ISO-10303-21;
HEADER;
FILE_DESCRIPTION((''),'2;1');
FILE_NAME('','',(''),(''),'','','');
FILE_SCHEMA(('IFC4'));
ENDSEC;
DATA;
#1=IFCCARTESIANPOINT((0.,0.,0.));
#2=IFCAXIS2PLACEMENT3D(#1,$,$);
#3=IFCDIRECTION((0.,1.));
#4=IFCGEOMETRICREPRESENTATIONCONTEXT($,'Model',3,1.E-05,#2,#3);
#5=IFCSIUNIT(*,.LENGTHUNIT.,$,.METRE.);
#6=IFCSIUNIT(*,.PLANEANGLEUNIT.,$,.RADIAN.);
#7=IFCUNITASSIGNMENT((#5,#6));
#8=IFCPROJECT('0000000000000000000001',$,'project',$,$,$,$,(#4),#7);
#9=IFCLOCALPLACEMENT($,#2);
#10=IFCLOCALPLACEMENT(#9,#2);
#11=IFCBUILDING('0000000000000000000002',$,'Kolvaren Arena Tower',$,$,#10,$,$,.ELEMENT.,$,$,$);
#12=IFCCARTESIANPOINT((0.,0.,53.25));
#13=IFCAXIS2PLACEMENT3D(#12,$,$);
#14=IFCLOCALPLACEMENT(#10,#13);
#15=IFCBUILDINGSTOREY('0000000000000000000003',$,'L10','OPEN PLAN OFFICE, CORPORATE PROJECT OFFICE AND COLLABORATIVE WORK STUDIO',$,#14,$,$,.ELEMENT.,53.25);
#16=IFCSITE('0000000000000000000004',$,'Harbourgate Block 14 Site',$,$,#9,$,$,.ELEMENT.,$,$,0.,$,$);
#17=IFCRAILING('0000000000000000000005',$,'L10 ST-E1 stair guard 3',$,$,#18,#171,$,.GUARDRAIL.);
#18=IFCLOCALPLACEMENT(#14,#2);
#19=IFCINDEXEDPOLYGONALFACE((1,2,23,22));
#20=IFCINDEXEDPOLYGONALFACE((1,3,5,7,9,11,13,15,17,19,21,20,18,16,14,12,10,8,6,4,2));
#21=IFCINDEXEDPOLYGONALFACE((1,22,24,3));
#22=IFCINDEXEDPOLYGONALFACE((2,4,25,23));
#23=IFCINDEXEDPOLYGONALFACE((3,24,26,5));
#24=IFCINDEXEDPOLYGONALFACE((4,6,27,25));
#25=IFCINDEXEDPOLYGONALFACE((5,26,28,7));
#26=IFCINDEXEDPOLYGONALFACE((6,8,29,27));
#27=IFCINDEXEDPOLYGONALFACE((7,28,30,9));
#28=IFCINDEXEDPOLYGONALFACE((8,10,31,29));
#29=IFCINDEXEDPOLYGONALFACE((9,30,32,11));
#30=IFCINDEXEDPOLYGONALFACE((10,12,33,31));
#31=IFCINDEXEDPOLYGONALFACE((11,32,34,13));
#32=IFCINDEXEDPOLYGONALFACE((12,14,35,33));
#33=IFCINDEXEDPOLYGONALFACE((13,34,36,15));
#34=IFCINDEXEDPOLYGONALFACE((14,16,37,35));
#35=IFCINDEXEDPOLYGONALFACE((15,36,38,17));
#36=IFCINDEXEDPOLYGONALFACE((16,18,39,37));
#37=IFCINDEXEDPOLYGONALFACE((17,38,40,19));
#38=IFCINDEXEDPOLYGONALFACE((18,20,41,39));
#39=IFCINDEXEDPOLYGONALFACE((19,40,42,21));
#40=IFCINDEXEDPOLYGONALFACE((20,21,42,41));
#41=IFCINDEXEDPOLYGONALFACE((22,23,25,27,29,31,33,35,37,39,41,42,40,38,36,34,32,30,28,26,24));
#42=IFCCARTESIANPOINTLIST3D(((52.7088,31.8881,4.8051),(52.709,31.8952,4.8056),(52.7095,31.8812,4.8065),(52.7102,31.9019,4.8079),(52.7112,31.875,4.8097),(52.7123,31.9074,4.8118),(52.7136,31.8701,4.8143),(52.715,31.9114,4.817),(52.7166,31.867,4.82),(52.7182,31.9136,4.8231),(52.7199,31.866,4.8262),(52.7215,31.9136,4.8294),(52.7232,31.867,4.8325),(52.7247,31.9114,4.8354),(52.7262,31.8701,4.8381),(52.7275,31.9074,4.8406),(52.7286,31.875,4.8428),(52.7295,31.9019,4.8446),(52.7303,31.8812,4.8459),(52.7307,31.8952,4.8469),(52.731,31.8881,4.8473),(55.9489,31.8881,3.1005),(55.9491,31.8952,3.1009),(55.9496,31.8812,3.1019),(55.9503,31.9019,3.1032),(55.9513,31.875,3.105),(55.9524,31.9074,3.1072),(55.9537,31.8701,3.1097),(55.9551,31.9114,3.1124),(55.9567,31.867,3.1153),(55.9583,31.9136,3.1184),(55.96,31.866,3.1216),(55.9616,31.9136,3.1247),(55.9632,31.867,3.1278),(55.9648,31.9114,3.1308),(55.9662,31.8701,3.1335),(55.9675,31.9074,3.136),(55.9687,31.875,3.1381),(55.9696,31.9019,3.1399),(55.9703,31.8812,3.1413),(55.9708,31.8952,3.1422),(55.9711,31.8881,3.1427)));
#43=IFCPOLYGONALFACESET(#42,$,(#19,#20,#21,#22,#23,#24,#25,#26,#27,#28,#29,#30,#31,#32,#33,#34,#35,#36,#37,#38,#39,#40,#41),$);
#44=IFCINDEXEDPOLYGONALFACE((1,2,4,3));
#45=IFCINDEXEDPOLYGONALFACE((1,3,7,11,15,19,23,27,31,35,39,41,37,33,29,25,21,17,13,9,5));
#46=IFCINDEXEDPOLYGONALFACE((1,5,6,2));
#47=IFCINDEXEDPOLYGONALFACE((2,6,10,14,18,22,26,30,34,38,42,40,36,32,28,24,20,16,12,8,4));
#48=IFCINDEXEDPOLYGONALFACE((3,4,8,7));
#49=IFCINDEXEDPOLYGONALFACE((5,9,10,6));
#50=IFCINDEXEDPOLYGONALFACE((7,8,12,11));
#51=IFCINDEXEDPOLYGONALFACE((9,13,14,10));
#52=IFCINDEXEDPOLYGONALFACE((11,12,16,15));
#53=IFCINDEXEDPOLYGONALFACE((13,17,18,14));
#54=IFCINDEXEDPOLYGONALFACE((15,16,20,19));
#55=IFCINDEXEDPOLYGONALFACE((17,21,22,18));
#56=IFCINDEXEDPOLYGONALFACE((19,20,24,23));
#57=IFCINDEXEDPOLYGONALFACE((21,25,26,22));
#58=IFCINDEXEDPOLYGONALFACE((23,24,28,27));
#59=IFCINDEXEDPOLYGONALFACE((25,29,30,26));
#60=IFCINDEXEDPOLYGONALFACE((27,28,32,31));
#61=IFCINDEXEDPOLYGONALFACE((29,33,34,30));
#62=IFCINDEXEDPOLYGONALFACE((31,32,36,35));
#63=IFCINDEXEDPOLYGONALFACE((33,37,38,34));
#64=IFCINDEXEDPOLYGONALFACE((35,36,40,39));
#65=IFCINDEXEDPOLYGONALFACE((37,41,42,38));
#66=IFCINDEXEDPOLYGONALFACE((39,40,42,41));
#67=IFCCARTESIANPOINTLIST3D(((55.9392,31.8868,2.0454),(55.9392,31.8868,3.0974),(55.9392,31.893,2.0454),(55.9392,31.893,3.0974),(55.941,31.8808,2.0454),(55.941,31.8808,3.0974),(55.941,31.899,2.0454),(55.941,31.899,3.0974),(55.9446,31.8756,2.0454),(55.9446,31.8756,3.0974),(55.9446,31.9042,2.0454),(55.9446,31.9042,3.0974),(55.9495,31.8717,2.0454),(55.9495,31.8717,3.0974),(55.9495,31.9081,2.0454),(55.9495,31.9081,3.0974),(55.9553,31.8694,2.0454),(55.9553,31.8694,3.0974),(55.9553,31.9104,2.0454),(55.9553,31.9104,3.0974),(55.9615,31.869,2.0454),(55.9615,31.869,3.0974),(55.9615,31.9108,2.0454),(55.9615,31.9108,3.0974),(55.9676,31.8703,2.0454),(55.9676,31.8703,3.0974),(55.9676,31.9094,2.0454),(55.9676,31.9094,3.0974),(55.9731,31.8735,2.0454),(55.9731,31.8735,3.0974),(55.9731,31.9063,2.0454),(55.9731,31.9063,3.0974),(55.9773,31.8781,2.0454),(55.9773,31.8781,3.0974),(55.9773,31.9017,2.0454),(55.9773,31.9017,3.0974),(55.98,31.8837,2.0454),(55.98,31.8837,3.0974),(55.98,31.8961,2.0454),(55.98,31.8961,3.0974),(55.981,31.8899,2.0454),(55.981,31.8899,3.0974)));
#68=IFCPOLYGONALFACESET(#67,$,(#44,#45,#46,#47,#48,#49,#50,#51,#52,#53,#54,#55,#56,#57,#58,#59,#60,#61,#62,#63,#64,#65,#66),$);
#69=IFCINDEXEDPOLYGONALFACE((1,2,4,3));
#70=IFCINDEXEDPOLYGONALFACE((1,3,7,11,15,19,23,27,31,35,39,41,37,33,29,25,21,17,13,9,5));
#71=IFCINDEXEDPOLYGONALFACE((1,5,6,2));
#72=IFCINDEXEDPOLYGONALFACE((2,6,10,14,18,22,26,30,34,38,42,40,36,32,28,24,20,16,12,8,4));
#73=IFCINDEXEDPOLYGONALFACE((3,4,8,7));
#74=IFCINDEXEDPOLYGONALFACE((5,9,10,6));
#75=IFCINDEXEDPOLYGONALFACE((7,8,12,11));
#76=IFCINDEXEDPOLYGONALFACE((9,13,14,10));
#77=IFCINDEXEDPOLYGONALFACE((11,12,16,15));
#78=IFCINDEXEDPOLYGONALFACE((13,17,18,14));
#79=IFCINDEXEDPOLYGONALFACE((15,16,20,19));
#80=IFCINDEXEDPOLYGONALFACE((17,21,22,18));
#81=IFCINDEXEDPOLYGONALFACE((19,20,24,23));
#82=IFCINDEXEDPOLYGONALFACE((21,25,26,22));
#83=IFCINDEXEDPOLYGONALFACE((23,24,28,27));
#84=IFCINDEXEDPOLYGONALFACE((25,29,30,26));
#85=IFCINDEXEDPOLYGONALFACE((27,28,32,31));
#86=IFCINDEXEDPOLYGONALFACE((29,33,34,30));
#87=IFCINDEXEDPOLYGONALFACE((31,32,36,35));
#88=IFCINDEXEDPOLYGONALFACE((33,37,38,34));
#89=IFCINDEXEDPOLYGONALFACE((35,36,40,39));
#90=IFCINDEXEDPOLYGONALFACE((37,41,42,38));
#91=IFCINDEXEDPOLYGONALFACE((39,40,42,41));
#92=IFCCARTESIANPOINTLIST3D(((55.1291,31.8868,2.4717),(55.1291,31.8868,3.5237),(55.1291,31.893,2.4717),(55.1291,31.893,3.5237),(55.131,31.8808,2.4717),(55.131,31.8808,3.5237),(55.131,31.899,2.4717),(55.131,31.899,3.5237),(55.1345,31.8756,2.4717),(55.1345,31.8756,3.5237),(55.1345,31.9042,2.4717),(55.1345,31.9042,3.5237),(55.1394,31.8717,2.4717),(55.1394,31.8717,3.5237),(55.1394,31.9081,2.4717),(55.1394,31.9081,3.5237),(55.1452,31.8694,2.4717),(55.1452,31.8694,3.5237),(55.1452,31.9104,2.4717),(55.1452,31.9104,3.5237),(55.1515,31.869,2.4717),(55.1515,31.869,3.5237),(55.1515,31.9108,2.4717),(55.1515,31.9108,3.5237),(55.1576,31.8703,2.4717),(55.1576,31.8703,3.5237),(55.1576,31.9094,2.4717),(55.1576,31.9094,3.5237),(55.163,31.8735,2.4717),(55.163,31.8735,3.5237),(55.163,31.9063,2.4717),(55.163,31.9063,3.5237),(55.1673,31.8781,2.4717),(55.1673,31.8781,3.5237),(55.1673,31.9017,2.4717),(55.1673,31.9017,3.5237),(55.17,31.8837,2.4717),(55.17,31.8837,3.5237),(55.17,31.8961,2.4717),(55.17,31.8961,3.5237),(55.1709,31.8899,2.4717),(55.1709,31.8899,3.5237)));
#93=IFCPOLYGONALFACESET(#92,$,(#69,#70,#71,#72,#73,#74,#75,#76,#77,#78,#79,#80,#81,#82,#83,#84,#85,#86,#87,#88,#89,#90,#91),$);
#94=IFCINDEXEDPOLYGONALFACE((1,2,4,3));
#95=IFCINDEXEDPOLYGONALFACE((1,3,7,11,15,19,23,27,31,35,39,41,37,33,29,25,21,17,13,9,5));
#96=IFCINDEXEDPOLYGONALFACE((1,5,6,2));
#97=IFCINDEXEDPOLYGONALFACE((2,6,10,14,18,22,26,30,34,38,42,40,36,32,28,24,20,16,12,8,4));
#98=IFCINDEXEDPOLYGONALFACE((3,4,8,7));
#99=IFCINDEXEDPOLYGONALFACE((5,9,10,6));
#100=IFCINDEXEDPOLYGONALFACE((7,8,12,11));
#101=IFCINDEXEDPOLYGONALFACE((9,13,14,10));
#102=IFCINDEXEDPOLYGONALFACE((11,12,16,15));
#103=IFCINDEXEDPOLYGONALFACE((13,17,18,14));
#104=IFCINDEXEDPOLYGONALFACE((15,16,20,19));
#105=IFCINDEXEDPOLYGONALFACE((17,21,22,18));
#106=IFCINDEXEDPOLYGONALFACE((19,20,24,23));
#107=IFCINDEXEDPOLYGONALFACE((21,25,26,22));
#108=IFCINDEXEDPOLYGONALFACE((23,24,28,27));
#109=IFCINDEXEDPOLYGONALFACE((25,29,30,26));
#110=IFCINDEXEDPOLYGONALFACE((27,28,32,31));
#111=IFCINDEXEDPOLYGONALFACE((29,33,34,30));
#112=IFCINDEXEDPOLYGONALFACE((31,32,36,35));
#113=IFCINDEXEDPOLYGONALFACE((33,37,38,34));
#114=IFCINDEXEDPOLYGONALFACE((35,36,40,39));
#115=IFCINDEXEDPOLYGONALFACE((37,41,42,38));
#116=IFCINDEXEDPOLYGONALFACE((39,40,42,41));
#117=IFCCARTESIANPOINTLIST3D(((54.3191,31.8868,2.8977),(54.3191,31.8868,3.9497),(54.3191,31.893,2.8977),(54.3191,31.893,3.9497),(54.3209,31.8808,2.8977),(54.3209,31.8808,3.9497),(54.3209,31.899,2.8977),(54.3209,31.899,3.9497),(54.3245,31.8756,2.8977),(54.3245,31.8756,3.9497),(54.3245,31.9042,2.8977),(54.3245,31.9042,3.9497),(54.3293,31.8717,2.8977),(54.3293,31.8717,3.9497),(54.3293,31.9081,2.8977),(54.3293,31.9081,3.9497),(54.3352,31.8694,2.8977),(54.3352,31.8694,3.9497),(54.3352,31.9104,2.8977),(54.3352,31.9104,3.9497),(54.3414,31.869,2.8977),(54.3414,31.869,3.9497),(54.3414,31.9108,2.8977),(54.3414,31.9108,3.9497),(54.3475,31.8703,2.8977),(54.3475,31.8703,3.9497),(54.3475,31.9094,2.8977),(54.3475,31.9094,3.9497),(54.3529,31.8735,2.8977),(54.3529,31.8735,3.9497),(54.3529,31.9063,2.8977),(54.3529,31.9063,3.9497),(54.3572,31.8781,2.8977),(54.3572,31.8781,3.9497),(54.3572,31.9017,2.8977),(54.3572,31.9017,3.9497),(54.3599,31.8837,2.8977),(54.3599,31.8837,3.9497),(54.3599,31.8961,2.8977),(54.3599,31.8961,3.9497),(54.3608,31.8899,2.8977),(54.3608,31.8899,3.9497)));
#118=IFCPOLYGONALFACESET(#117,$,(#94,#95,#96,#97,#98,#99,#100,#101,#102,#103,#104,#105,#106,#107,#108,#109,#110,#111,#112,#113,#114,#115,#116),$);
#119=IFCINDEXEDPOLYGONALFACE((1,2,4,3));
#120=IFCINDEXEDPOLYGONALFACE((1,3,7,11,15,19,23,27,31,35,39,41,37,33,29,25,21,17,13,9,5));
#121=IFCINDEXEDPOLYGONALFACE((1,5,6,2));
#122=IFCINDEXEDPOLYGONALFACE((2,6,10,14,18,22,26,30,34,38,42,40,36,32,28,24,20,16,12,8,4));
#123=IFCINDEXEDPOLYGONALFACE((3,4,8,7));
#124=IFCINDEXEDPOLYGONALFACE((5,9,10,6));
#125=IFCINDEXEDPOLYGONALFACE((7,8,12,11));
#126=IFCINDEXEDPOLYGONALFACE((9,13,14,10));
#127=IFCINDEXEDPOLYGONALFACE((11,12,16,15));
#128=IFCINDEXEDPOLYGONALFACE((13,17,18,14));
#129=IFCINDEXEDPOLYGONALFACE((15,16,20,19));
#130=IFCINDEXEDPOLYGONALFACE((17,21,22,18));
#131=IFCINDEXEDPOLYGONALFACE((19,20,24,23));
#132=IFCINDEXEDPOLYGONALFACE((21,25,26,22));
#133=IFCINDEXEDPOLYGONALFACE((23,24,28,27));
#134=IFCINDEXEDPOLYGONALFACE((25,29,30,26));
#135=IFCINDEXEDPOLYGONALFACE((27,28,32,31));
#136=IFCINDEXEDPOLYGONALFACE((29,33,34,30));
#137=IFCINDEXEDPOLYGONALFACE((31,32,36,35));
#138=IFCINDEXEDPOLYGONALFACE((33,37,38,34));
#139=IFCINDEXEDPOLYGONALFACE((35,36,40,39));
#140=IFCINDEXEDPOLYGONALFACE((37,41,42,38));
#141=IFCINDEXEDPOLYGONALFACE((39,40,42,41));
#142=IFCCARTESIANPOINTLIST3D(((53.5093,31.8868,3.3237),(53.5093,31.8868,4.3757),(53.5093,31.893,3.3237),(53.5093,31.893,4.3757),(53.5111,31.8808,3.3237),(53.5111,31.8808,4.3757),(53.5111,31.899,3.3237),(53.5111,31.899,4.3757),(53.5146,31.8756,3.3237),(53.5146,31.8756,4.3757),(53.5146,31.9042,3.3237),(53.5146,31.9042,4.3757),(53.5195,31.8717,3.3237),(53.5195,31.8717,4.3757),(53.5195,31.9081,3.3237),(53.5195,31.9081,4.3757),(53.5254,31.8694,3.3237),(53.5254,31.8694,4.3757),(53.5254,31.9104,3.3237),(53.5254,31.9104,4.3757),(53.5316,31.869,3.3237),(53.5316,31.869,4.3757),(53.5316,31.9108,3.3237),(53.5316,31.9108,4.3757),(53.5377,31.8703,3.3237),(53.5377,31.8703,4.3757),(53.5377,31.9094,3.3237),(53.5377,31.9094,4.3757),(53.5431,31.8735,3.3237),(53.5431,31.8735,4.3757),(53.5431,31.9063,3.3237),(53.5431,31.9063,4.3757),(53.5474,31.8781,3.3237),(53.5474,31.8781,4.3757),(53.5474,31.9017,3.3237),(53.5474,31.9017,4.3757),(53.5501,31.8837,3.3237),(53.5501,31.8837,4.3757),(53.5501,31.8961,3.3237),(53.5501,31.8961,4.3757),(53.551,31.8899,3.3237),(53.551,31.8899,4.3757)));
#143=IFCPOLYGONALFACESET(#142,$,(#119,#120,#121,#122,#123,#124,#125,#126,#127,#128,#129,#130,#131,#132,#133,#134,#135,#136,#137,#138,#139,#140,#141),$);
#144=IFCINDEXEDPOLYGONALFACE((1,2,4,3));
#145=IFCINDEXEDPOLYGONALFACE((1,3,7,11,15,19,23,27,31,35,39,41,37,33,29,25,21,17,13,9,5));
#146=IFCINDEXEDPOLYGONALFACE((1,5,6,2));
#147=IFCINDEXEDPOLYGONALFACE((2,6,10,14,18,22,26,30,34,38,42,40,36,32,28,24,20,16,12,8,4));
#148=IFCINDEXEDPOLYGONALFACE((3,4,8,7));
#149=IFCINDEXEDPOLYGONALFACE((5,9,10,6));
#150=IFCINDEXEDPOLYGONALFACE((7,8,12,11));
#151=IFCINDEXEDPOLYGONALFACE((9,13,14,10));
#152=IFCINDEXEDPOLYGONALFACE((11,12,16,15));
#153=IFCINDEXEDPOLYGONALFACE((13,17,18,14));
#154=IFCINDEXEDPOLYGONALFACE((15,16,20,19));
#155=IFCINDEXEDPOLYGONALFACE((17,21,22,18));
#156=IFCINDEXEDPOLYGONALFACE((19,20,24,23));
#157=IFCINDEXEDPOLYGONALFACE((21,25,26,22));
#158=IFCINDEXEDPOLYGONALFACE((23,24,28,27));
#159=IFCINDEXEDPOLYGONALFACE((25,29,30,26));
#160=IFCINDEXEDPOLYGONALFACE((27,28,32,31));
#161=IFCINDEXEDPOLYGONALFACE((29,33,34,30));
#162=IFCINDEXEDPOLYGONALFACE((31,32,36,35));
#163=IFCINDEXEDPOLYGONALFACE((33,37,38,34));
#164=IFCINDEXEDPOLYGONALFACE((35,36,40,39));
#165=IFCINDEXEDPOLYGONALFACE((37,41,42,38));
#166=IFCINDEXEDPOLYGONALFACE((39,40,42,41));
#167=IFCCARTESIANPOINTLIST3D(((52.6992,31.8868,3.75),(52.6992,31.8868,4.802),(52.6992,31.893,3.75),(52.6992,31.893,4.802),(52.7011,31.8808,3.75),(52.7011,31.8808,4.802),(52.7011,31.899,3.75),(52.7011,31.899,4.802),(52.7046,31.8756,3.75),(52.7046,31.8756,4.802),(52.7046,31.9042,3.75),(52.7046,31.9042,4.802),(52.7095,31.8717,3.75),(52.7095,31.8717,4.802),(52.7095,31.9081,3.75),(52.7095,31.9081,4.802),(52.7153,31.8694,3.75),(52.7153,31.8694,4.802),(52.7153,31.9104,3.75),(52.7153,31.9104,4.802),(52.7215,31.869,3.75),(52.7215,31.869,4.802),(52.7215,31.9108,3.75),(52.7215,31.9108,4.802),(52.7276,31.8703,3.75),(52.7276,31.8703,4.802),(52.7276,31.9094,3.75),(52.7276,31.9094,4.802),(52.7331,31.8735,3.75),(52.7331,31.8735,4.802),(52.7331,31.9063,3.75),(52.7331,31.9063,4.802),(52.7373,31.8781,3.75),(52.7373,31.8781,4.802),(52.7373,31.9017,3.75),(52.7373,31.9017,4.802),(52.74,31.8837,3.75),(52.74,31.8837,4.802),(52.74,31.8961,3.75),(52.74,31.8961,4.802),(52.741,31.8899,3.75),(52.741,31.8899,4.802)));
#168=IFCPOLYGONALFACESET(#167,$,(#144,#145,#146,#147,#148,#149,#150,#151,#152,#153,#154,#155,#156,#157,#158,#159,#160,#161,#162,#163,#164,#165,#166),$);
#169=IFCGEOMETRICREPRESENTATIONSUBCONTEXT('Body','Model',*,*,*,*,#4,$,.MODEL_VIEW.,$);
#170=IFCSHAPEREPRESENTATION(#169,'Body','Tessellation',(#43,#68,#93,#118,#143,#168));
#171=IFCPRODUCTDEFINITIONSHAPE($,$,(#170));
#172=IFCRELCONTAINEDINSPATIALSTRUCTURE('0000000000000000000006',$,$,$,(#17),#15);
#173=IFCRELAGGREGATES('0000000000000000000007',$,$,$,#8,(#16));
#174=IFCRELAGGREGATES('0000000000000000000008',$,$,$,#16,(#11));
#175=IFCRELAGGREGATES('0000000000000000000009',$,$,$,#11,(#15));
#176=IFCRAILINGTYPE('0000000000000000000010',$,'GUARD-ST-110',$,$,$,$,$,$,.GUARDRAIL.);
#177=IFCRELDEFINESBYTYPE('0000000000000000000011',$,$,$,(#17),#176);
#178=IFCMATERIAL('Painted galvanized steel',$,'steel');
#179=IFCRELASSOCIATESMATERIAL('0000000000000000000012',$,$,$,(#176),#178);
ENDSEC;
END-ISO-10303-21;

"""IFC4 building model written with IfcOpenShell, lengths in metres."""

from ifc_helpers import new_model, si_unit, direction, frame, origin, origin_2d, place, context, subcontext, project, spatial, circle, extrude, material, type_object, element, save


model = new_model("IFC4")

# Units and contexts
model_context = context("Model", 3, precision=1e-05, world=origin(), true_north=direction((0.0, 1.0)))
body_context = subcontext(model_context, "Body", "Model", "MODEL_VIEW")
ifc_project = project(units=[si_unit("LENGTHUNIT", "METRE"), si_unit("PLANEANGLEUNIT", "RADIAN")], contexts=[model_context])

# Site, building, storey
site_placement = place(None, origin())
site = spatial("IfcSite", under=ifc_project, at=site_placement, Name="Harbourgate Block 14 Site", CompositionType="ELEMENT", RefElevation=0.0)
building_placement = place(site_placement, origin())
building = spatial("IfcBuilding", under=site, at=building_placement, Name="Kolvaren Arena Tower", CompositionType="ELEMENT")
storey_placement = place(building_placement, frame((0.0, 0.0, 53.25)))
storey = spatial("IfcBuildingStorey", under=building, at=storey_placement, Name="L10", Description="OPEN PLAN OFFICE, CORPORATE PROJECT OFFICE AND COLLABORATIVE WORK STUDIO", CompositionType="ELEMENT", Elevation=53.25)

# Railing
ifc_material_1 = material(Name="Painted galvanized steel", Category="steel")
railing_type_1 = type_object("IfcRailingType", Name="GUARD-ST-110", PredefinedType="GUARDRAIL", material=ifc_material_1)
railing_1_placement = place(storey_placement, frame((55.96, 31.8899, 2.0454)))
element("IfcRailing", 1, at=railing_1_placement, inside=storey, type_object=railing_type_1, Name="L10 ST-E1 stair guard 3", PredefinedType="GUARDRAIL", context=body_context, shape_type="SweptSolid", body=[
    extrude(circle(Radius=0.0239, at=origin_2d()), frame((0.0, 0.0, 1.0762), z_axis=(-0.884993, 0.0, 0.465604), x_axis=(0.0, -1.0, 0.0)), (0.0, 0.0, 1.0), 3.6611),
    extrude(circle(Radius=0.021, at=origin_2d()), origin(), (0.0, 0.0, 1.0), 1.052),
    extrude(circle(Radius=0.021, at=origin_2d()), frame((-0.8101, 0.0, 0.4263)), (0.0, 0.0, 1.0), 1.052),
    extrude(circle(Radius=0.021, at=origin_2d()), frame((-1.6201, 0.0, 0.8523)), (0.0, 0.0, 1.0), 1.052),
    extrude(circle(Radius=0.021, at=origin_2d()), frame((-2.4299, 0.0, 1.2783)), (0.0, 0.0, 1.0), 1.052),
    extrude(circle(Radius=0.021, at=origin_2d()), frame((-3.24, 0.0, 1.7046)), (0.0, 0.0, 1.0), 1.052),
])

save(model, "model.ifc")
